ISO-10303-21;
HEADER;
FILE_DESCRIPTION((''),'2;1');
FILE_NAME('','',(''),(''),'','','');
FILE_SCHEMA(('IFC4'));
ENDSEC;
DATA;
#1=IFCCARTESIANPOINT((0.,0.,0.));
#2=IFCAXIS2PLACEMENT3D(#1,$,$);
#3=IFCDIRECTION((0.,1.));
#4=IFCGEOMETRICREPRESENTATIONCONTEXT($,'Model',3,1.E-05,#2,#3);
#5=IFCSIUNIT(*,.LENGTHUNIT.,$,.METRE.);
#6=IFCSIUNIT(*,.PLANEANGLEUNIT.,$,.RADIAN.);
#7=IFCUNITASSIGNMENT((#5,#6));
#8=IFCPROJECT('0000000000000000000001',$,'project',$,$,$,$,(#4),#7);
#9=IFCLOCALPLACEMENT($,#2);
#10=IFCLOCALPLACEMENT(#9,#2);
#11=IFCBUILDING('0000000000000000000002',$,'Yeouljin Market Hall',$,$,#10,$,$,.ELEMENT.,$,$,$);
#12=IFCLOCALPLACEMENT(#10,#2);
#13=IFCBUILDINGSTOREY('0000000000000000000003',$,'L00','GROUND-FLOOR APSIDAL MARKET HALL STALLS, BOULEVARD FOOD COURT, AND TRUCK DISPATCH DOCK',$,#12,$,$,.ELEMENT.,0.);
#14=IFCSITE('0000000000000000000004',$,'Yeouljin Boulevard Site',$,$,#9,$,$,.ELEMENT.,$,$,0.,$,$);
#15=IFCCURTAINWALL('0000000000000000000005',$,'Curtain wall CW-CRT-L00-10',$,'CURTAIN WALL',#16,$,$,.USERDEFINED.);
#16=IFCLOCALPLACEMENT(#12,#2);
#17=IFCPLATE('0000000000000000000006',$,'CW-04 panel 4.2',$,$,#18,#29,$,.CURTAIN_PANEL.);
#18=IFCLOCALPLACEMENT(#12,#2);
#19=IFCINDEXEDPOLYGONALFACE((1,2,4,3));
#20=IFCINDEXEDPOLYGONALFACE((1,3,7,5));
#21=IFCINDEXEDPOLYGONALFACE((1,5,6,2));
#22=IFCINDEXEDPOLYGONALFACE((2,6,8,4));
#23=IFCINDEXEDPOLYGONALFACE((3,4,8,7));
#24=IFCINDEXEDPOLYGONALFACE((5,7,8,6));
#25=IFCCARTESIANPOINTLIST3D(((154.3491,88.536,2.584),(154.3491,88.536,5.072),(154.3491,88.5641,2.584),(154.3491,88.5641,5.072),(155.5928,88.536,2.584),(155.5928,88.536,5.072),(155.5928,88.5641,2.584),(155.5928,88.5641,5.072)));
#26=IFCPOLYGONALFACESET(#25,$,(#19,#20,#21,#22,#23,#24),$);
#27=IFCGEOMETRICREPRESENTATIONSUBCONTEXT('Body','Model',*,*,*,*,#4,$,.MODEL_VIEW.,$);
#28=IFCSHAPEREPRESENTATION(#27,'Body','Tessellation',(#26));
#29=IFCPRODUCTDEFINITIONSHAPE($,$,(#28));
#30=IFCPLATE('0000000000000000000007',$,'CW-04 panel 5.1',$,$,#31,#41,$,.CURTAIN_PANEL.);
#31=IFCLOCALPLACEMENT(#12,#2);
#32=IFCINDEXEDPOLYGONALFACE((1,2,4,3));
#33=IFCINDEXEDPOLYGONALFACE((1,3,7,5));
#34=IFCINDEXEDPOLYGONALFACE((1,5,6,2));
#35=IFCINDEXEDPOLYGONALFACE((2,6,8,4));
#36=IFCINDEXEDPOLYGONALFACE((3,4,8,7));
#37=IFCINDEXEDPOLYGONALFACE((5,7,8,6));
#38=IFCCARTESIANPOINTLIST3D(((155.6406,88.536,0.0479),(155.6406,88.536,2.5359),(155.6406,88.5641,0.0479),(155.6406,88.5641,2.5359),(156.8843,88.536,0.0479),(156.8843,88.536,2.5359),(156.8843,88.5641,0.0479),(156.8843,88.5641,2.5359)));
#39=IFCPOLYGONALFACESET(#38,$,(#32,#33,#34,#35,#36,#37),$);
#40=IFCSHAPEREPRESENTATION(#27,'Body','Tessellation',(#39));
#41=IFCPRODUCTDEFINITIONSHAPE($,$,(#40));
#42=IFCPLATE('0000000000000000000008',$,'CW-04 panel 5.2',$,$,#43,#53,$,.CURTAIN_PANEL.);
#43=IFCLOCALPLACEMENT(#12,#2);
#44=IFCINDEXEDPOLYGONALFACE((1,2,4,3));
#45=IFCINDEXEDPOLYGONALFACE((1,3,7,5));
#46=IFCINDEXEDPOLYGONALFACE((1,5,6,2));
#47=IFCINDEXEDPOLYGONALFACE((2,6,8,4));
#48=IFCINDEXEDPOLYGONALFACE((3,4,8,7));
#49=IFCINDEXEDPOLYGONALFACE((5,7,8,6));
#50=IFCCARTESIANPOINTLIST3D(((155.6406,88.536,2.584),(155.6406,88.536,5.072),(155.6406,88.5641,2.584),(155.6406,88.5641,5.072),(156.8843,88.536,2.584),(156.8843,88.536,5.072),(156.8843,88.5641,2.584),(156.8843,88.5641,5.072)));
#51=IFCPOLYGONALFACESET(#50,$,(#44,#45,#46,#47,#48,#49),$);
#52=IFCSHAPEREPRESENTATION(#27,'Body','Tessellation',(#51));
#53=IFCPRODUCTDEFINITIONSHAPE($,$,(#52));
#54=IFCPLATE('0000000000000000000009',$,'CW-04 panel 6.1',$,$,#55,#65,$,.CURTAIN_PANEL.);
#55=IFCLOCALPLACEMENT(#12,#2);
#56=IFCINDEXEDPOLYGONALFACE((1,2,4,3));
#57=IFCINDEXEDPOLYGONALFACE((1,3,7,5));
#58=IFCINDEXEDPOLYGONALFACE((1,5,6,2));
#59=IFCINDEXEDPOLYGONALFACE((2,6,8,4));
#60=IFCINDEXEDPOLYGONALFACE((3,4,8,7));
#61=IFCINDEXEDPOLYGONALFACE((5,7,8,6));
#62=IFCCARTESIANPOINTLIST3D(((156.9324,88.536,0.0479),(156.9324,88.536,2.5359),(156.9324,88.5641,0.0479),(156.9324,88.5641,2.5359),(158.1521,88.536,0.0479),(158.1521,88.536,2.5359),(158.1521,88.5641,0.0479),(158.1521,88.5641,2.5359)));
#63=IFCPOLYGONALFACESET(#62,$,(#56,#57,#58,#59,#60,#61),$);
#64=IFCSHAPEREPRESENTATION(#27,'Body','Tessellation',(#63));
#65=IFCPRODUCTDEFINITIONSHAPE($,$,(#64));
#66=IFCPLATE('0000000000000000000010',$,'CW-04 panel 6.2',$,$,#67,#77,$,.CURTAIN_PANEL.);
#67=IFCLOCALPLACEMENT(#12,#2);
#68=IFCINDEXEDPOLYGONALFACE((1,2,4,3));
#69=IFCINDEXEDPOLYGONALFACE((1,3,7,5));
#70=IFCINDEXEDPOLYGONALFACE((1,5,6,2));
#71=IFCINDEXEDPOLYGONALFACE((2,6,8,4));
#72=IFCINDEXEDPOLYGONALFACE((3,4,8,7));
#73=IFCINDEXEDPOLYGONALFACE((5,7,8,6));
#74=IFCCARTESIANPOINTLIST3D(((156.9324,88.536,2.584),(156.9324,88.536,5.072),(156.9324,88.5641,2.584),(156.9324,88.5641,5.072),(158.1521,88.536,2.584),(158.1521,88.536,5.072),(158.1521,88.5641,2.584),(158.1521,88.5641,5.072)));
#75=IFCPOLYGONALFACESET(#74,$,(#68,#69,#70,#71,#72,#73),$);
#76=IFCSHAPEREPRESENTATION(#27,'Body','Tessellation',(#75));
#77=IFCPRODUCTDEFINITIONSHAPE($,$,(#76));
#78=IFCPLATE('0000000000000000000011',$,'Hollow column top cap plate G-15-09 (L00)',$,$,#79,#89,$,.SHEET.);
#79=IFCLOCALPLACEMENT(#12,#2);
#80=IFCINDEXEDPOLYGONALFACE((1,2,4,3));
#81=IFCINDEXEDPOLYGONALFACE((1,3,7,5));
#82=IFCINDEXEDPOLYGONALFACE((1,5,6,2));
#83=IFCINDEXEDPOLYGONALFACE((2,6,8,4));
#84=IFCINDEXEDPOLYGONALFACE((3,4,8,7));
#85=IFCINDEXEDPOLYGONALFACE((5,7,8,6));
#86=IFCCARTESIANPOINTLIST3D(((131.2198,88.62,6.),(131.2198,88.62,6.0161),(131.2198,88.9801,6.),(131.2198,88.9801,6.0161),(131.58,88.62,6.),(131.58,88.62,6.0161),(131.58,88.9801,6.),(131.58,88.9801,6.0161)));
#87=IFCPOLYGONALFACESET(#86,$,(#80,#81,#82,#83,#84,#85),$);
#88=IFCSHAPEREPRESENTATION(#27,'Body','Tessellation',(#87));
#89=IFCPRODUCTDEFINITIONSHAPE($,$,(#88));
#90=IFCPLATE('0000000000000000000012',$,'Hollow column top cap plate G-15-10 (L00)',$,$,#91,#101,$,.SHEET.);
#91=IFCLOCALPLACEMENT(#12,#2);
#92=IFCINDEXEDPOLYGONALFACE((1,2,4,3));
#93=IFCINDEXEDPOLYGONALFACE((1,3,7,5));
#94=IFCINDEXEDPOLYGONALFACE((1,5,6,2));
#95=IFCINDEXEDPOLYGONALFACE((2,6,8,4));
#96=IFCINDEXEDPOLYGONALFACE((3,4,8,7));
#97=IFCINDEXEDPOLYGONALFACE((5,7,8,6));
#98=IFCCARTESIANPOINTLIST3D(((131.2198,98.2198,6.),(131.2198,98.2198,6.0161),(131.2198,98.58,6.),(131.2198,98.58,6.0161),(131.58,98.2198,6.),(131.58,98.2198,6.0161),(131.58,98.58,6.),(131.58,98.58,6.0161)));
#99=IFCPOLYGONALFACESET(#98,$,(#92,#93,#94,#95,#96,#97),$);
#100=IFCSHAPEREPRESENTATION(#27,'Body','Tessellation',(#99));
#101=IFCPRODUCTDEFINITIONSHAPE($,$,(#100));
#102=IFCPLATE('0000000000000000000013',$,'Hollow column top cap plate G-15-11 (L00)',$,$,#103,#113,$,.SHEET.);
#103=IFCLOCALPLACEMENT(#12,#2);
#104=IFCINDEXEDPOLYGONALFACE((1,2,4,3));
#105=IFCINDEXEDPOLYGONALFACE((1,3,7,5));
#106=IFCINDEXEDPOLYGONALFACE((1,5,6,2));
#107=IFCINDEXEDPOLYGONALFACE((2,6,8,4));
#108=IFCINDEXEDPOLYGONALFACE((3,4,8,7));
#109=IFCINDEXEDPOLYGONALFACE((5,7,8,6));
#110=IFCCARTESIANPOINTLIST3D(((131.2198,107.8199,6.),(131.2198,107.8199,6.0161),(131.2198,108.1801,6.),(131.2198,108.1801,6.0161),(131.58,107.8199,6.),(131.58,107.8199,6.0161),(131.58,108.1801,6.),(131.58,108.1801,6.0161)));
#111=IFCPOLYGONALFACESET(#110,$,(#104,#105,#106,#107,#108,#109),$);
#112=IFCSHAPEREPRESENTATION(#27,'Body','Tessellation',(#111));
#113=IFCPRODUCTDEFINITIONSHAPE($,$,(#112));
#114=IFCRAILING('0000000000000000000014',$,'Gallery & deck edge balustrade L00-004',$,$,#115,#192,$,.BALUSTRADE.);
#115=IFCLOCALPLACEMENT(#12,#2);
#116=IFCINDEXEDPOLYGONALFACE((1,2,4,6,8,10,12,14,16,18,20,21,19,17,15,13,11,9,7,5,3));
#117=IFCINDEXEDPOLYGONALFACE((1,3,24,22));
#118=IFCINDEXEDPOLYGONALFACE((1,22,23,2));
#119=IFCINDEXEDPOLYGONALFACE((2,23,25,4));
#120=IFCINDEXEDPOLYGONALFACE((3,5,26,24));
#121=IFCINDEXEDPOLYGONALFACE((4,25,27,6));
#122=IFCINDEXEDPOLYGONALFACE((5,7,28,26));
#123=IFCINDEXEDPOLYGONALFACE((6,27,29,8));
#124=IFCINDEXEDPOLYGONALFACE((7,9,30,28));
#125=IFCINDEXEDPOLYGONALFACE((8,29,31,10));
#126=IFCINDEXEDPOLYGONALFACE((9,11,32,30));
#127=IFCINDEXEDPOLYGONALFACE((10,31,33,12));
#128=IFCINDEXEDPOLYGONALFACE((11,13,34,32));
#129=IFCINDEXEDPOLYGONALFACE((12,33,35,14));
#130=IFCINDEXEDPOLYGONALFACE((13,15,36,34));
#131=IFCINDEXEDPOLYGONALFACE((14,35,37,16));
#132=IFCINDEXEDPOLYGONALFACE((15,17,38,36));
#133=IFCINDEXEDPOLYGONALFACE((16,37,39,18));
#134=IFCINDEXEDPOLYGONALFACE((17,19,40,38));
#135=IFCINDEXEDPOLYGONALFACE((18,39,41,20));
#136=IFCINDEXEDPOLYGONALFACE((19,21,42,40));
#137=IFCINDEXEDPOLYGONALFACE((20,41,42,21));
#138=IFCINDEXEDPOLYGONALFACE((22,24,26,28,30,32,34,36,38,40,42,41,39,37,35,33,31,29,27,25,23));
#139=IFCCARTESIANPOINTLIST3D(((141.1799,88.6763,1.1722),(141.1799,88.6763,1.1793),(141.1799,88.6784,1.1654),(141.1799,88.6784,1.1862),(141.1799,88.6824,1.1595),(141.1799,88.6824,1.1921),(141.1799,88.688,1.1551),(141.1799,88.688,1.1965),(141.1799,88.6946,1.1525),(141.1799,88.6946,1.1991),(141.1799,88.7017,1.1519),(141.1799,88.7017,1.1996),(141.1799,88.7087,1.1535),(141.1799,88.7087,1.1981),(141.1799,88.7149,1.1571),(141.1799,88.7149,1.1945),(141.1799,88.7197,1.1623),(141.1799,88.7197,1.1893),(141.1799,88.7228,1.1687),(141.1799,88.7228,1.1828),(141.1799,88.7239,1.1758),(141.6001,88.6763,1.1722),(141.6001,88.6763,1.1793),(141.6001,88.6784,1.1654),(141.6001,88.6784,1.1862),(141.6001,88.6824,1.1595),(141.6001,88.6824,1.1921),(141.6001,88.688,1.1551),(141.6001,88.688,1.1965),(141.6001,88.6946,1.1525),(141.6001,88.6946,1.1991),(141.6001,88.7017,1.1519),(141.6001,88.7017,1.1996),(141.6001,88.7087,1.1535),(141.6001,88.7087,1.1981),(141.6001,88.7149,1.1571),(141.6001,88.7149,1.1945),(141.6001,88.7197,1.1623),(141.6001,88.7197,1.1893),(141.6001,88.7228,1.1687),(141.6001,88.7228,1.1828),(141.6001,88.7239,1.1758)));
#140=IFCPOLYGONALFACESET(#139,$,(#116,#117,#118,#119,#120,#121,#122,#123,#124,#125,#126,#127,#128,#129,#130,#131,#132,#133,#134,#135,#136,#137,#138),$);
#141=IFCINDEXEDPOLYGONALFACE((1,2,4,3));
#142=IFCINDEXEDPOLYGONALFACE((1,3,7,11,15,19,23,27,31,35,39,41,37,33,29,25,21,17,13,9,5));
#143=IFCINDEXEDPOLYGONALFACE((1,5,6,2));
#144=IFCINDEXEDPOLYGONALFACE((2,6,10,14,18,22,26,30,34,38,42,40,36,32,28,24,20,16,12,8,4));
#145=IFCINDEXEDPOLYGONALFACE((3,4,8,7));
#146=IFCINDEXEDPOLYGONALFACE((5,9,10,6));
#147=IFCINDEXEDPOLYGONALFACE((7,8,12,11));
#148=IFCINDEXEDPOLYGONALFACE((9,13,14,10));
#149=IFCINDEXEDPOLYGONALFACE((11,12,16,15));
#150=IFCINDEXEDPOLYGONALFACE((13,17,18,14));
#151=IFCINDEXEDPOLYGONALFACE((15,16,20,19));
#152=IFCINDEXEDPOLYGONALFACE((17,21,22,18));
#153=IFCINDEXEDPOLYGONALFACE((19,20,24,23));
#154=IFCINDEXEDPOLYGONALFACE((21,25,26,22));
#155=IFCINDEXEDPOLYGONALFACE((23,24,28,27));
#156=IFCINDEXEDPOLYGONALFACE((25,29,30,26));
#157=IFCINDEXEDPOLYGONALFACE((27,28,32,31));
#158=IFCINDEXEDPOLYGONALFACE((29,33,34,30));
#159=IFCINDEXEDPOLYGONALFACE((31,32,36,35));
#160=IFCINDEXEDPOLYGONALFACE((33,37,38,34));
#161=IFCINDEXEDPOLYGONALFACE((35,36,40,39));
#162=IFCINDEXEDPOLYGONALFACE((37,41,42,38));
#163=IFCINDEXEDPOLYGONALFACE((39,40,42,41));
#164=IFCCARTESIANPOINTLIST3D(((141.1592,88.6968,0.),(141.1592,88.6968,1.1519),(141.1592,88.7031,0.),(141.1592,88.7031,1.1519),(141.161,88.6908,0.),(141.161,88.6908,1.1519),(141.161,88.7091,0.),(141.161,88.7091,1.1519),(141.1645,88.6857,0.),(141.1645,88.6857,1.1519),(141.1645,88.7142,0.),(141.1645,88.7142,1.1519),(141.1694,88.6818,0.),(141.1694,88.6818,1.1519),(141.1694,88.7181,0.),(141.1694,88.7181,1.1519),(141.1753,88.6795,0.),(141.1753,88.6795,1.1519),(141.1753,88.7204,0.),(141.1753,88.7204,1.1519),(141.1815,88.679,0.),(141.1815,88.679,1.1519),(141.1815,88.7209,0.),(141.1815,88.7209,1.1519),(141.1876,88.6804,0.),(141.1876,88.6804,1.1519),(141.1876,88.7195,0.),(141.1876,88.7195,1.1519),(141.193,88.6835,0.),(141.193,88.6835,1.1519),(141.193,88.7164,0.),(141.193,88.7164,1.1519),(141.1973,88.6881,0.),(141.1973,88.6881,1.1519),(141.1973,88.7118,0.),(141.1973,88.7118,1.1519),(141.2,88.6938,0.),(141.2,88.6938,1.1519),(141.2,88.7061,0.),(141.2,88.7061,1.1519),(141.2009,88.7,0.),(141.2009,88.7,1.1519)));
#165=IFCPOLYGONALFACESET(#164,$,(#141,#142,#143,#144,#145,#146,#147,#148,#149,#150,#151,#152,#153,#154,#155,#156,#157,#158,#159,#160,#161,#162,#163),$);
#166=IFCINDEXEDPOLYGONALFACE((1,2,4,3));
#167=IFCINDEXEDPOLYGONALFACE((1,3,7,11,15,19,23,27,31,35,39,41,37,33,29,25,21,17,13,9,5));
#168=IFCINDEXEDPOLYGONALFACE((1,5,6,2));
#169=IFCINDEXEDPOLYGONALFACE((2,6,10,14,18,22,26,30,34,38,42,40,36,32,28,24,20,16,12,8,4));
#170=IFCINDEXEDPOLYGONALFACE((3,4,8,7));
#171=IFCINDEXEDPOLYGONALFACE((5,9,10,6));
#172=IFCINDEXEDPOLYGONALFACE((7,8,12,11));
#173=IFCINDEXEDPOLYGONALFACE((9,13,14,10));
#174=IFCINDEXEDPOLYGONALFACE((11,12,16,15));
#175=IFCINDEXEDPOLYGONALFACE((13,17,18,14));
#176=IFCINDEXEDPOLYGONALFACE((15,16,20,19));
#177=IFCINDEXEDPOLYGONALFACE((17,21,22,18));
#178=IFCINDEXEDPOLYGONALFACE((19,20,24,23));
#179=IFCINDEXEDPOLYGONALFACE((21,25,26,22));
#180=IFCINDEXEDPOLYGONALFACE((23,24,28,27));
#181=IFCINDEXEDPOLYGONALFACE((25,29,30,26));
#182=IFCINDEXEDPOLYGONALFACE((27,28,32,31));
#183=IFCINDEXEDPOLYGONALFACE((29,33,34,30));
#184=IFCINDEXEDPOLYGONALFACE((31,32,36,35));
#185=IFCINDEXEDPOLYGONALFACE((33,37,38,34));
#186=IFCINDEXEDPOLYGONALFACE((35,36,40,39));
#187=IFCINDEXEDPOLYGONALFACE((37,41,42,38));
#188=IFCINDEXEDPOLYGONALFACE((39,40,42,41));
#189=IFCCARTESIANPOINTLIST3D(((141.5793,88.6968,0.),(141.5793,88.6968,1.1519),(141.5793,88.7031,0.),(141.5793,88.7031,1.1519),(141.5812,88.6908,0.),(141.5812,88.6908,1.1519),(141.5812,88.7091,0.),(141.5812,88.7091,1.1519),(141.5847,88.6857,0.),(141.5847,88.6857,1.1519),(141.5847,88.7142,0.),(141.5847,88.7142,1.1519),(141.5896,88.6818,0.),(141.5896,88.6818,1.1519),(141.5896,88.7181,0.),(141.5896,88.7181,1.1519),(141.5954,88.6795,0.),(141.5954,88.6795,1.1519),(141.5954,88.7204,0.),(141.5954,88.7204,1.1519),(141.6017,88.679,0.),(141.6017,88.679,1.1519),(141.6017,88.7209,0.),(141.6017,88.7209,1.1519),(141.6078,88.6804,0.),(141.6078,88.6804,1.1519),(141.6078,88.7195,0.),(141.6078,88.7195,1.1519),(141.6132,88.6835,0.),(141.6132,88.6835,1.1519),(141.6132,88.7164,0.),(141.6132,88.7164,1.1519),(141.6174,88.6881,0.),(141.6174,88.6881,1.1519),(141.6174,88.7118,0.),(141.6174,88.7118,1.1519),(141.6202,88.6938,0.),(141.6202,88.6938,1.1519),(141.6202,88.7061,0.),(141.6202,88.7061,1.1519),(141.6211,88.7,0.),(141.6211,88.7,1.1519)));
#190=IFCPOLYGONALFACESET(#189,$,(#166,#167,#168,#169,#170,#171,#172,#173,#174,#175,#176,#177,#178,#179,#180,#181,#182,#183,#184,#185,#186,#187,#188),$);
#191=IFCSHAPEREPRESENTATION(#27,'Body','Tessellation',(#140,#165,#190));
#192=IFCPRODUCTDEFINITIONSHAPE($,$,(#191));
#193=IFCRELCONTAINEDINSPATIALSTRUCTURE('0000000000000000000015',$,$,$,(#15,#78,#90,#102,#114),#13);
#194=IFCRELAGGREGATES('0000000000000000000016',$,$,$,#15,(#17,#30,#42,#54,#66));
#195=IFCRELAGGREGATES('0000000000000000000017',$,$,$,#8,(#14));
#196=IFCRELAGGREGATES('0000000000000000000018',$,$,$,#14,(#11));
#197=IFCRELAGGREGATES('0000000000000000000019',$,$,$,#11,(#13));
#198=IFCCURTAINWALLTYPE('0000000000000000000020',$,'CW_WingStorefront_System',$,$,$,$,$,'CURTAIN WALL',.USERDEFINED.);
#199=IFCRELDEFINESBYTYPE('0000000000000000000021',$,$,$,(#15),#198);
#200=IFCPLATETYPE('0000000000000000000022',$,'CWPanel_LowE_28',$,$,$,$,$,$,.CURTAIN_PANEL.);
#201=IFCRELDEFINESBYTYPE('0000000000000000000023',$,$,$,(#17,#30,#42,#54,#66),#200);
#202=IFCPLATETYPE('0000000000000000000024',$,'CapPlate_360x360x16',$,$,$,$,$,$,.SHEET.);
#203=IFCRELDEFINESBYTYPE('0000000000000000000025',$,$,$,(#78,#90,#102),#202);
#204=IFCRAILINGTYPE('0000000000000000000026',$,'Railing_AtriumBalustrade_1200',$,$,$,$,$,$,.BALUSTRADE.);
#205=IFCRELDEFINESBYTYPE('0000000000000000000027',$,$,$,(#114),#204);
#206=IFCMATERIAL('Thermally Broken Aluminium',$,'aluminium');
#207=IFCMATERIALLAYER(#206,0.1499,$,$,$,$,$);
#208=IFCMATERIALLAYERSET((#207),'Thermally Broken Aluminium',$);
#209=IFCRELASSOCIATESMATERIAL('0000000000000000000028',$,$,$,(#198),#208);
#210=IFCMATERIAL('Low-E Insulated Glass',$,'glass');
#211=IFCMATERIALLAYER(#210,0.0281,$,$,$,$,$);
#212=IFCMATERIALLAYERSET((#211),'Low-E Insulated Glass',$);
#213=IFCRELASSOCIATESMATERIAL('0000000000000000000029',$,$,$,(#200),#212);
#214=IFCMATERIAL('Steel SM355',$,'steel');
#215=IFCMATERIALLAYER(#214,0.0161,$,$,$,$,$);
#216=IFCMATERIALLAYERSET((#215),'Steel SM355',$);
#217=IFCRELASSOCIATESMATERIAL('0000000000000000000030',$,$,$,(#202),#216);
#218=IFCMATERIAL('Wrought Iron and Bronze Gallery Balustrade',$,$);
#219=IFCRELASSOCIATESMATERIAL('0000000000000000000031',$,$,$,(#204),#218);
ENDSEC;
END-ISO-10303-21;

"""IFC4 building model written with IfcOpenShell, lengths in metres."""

from ifc_helpers import new_model, si_unit, direction, frame, origin, origin_2d, place, context, subcontext, project, spatial, rectangle, circle, extrude, material, layer, layer_set, type_object, element, aggregate, save


model = new_model("IFC4")

# Units and contexts
model_context = context("Model", 3, precision=1e-05, world=origin(), true_north=direction((0.0, 1.0)))
body_context = subcontext(model_context, "Body", "Model", "MODEL_VIEW")
ifc_project = project(units=[si_unit("LENGTHUNIT", "METRE"), si_unit("PLANEANGLEUNIT", "RADIAN")], contexts=[model_context])

# Site, building, storey
site_placement = place(None, origin())
site = spatial("IfcSite", under=ifc_project, at=site_placement, Name="Yeouljin Boulevard Site", CompositionType="ELEMENT", RefElevation=0.0)
building_placement = place(site_placement, origin())
building = spatial("IfcBuilding", under=site, at=building_placement, Name="Yeouljin Market Hall", CompositionType="ELEMENT")
storey_placement = place(building_placement, origin())
storey = spatial("IfcBuildingStorey", under=building, at=storey_placement, Name="L00", Description="GROUND-FLOOR APSIDAL MARKET HALL STALLS, BOULEVARD FOOD COURT, AND TRUCK DISPATCH DOCK", CompositionType="ELEMENT", Elevation=0.0)

# Curtain wall
ifc_material_1 = material(Name="Thermally Broken Aluminium", Category="aluminium")
ifc_layer_1 = layer(ifc_material_1, 0.1499)
ifc_layer_set_1 = layer_set([ifc_layer_1], Name="Thermally Broken Aluminium")
curtain_wall_type = type_object("IfcCurtainWallType", Name="CW_WingStorefront_System", ElementType="CURTAIN WALL", PredefinedType="USERDEFINED", material=ifc_layer_set_1)
curtain_wall_1_placement = place(storey_placement, origin())
curtain_wall_1 = element("IfcCurtainWall", 1, at=curtain_wall_1_placement, inside=storey, type_object=curtain_wall_type, Name="Curtain wall CW-CRT-L00-10", ObjectType="CURTAIN WALL", PredefinedType="USERDEFINED")

# Plates
ifc_material_2 = material(Name="Low-E Insulated Glass", Category="glass")
ifc_layer_2 = layer(ifc_material_2, 0.0281)
ifc_layer_set_2 = layer_set([ifc_layer_2], Name="Low-E Insulated Glass")
plate_type_1 = type_object("IfcPlateType", Name="CWPanel_LowE_28", PredefinedType="CURTAIN_PANEL", material=ifc_layer_set_2)
plate_1_placement = place(storey_placement, frame((154.9709, 88.55, 2.584), z_axis=(0.0, 0.0, 1.0), x_axis=(1.0, 0.0, 0.0)))
plate_1 = element("IfcPlate", 2, at=plate_1_placement, type_object=plate_type_1, Name="CW-04 panel 4.2", PredefinedType="CURTAIN_PANEL", context=body_context, shape_type="SweptSolid", body=[
    extrude(rectangle(XDim=1.2437, YDim=0.0281, at=origin_2d()), origin(), (0.0, 0.0, 1.0), 2.488),
])
plate_2_placement = place(storey_placement, frame((156.2625, 88.55, 0.0479), z_axis=(0.0, 0.0, 1.0), x_axis=(1.0, 0.0, 0.0)))
plate_2 = element("IfcPlate", 3, at=plate_2_placement, type_object=plate_type_1, Name="CW-04 panel 5.1", PredefinedType="CURTAIN_PANEL", context=body_context, shape_type="SweptSolid", body=[
    extrude(rectangle(XDim=1.2437, YDim=0.0281, at=origin_2d()), origin(), (0.0, 0.0, 1.0), 2.488),
])
plate_3_placement = place(storey_placement, frame((156.2625, 88.55, 2.584), z_axis=(0.0, 0.0, 1.0), x_axis=(1.0, 0.0, 0.0)))
plate_3 = element("IfcPlate", 4, at=plate_3_placement, type_object=plate_type_1, Name="CW-04 panel 5.2", PredefinedType="CURTAIN_PANEL", context=body_context, shape_type="SweptSolid", body=[
    extrude(rectangle(XDim=1.2437, YDim=0.0281, at=origin_2d()), origin(), (0.0, 0.0, 1.0), 2.488),
])
plate_4_placement = place(storey_placement, frame((157.5422, 88.55, 0.0479), z_axis=(0.0, 0.0, 1.0), x_axis=(1.0, 0.0, 0.0)))
plate_4 = element("IfcPlate", 5, at=plate_4_placement, type_object=plate_type_1, Name="CW-04 panel 6.1", PredefinedType="CURTAIN_PANEL", context=body_context, shape_type="SweptSolid", body=[
    extrude(rectangle(XDim=1.2197, YDim=0.0281, at=origin_2d()), origin(), (0.0, 0.0, 1.0), 2.488),
])
plate_5_placement = place(storey_placement, frame((157.5422, 88.55, 2.584), z_axis=(0.0, 0.0, 1.0), x_axis=(1.0, 0.0, 0.0)))
plate_5 = element("IfcPlate", 6, at=plate_5_placement, type_object=plate_type_1, Name="CW-04 panel 6.2", PredefinedType="CURTAIN_PANEL", context=body_context, shape_type="SweptSolid", body=[
    extrude(rectangle(XDim=1.2197, YDim=0.0281, at=origin_2d()), origin(), (0.0, 0.0, 1.0), 2.488),
])
aggregate(curtain_wall_1, [plate_1, plate_2, plate_3, plate_4, plate_5])

# Plates
ifc_material_3 = material(Name="Steel SM355", Category="steel")
ifc_layer_3 = layer(ifc_material_3, 0.0161)
ifc_layer_set_3 = layer_set([ifc_layer_3], Name="Steel SM355")
plate_type_2 = type_object("IfcPlateType", Name="CapPlate_360x360x16", PredefinedType="SHEET", material=ifc_layer_set_3)
for number, where, z_axis, x_axis, name in (
    (7, (131.3999, 88.8, 6.0), (0.0, 0.0, 1.0), (1.0, 0.0, 0.0), "Hollow column top cap plate G-15-09 (L00)"),
    (8, (131.3999, 98.3999, 6.0), (0.0, 0.0, 1.0), (1.0, 0.0, 0.0), "Hollow column top cap plate G-15-10 (L00)"),
    (9, (131.3999, 108.0, 6.0), (0.0, 0.0, 1.0), (1.0, 0.0, 0.0), "Hollow column top cap plate G-15-11 (L00)"),
):
    element("IfcPlate", number, at=place(storey_placement, frame(where, z_axis=z_axis, x_axis=x_axis)), inside=storey, type_object=plate_type_2, Name=name, PredefinedType="SHEET", context=body_context, shape_type="SweptSolid", body=[
        extrude(rectangle(XDim=0.3601, YDim=0.3601, at=origin_2d()), origin(), (0.0, 0.0, 1.0), 0.0161),
    ])

# Railing
ifc_material_4 = material(Name="Wrought Iron and Bronze Gallery Balustrade")
railing_type = type_object("IfcRailingType", Name="Railing_AtriumBalustrade_1200", PredefinedType="BALUSTRADE", material=ifc_material_4)
railing_1_placement = place(storey_placement, frame((141.1799, 88.7, 0.0)))
element("IfcRailing", 10, at=railing_1_placement, inside=storey, type_object=railing_type, Name="Gallery & deck edge balustrade L00-004", PredefinedType="BALUSTRADE", context=body_context, shape_type="SweptSolid", body=[
    extrude(circle(Radius=0.0239, at=origin_2d()), frame((0.0, 0.0, 1.1758), z_axis=(1.0, 0.0, 0.0), x_axis=(0.0, 1.0, 0.0)), (0.0, 0.0, 1.0), 0.4202),
    extrude(circle(Radius=0.021, at=origin_2d()), origin(), (0.0, 0.0, 1.0), 1.1519),
    extrude(circle(Radius=0.021, at=origin_2d()), frame((0.4202, 0.0, 0.0)), (0.0, 0.0, 1.0), 1.1519),
])

save(model, "model.ifc")
